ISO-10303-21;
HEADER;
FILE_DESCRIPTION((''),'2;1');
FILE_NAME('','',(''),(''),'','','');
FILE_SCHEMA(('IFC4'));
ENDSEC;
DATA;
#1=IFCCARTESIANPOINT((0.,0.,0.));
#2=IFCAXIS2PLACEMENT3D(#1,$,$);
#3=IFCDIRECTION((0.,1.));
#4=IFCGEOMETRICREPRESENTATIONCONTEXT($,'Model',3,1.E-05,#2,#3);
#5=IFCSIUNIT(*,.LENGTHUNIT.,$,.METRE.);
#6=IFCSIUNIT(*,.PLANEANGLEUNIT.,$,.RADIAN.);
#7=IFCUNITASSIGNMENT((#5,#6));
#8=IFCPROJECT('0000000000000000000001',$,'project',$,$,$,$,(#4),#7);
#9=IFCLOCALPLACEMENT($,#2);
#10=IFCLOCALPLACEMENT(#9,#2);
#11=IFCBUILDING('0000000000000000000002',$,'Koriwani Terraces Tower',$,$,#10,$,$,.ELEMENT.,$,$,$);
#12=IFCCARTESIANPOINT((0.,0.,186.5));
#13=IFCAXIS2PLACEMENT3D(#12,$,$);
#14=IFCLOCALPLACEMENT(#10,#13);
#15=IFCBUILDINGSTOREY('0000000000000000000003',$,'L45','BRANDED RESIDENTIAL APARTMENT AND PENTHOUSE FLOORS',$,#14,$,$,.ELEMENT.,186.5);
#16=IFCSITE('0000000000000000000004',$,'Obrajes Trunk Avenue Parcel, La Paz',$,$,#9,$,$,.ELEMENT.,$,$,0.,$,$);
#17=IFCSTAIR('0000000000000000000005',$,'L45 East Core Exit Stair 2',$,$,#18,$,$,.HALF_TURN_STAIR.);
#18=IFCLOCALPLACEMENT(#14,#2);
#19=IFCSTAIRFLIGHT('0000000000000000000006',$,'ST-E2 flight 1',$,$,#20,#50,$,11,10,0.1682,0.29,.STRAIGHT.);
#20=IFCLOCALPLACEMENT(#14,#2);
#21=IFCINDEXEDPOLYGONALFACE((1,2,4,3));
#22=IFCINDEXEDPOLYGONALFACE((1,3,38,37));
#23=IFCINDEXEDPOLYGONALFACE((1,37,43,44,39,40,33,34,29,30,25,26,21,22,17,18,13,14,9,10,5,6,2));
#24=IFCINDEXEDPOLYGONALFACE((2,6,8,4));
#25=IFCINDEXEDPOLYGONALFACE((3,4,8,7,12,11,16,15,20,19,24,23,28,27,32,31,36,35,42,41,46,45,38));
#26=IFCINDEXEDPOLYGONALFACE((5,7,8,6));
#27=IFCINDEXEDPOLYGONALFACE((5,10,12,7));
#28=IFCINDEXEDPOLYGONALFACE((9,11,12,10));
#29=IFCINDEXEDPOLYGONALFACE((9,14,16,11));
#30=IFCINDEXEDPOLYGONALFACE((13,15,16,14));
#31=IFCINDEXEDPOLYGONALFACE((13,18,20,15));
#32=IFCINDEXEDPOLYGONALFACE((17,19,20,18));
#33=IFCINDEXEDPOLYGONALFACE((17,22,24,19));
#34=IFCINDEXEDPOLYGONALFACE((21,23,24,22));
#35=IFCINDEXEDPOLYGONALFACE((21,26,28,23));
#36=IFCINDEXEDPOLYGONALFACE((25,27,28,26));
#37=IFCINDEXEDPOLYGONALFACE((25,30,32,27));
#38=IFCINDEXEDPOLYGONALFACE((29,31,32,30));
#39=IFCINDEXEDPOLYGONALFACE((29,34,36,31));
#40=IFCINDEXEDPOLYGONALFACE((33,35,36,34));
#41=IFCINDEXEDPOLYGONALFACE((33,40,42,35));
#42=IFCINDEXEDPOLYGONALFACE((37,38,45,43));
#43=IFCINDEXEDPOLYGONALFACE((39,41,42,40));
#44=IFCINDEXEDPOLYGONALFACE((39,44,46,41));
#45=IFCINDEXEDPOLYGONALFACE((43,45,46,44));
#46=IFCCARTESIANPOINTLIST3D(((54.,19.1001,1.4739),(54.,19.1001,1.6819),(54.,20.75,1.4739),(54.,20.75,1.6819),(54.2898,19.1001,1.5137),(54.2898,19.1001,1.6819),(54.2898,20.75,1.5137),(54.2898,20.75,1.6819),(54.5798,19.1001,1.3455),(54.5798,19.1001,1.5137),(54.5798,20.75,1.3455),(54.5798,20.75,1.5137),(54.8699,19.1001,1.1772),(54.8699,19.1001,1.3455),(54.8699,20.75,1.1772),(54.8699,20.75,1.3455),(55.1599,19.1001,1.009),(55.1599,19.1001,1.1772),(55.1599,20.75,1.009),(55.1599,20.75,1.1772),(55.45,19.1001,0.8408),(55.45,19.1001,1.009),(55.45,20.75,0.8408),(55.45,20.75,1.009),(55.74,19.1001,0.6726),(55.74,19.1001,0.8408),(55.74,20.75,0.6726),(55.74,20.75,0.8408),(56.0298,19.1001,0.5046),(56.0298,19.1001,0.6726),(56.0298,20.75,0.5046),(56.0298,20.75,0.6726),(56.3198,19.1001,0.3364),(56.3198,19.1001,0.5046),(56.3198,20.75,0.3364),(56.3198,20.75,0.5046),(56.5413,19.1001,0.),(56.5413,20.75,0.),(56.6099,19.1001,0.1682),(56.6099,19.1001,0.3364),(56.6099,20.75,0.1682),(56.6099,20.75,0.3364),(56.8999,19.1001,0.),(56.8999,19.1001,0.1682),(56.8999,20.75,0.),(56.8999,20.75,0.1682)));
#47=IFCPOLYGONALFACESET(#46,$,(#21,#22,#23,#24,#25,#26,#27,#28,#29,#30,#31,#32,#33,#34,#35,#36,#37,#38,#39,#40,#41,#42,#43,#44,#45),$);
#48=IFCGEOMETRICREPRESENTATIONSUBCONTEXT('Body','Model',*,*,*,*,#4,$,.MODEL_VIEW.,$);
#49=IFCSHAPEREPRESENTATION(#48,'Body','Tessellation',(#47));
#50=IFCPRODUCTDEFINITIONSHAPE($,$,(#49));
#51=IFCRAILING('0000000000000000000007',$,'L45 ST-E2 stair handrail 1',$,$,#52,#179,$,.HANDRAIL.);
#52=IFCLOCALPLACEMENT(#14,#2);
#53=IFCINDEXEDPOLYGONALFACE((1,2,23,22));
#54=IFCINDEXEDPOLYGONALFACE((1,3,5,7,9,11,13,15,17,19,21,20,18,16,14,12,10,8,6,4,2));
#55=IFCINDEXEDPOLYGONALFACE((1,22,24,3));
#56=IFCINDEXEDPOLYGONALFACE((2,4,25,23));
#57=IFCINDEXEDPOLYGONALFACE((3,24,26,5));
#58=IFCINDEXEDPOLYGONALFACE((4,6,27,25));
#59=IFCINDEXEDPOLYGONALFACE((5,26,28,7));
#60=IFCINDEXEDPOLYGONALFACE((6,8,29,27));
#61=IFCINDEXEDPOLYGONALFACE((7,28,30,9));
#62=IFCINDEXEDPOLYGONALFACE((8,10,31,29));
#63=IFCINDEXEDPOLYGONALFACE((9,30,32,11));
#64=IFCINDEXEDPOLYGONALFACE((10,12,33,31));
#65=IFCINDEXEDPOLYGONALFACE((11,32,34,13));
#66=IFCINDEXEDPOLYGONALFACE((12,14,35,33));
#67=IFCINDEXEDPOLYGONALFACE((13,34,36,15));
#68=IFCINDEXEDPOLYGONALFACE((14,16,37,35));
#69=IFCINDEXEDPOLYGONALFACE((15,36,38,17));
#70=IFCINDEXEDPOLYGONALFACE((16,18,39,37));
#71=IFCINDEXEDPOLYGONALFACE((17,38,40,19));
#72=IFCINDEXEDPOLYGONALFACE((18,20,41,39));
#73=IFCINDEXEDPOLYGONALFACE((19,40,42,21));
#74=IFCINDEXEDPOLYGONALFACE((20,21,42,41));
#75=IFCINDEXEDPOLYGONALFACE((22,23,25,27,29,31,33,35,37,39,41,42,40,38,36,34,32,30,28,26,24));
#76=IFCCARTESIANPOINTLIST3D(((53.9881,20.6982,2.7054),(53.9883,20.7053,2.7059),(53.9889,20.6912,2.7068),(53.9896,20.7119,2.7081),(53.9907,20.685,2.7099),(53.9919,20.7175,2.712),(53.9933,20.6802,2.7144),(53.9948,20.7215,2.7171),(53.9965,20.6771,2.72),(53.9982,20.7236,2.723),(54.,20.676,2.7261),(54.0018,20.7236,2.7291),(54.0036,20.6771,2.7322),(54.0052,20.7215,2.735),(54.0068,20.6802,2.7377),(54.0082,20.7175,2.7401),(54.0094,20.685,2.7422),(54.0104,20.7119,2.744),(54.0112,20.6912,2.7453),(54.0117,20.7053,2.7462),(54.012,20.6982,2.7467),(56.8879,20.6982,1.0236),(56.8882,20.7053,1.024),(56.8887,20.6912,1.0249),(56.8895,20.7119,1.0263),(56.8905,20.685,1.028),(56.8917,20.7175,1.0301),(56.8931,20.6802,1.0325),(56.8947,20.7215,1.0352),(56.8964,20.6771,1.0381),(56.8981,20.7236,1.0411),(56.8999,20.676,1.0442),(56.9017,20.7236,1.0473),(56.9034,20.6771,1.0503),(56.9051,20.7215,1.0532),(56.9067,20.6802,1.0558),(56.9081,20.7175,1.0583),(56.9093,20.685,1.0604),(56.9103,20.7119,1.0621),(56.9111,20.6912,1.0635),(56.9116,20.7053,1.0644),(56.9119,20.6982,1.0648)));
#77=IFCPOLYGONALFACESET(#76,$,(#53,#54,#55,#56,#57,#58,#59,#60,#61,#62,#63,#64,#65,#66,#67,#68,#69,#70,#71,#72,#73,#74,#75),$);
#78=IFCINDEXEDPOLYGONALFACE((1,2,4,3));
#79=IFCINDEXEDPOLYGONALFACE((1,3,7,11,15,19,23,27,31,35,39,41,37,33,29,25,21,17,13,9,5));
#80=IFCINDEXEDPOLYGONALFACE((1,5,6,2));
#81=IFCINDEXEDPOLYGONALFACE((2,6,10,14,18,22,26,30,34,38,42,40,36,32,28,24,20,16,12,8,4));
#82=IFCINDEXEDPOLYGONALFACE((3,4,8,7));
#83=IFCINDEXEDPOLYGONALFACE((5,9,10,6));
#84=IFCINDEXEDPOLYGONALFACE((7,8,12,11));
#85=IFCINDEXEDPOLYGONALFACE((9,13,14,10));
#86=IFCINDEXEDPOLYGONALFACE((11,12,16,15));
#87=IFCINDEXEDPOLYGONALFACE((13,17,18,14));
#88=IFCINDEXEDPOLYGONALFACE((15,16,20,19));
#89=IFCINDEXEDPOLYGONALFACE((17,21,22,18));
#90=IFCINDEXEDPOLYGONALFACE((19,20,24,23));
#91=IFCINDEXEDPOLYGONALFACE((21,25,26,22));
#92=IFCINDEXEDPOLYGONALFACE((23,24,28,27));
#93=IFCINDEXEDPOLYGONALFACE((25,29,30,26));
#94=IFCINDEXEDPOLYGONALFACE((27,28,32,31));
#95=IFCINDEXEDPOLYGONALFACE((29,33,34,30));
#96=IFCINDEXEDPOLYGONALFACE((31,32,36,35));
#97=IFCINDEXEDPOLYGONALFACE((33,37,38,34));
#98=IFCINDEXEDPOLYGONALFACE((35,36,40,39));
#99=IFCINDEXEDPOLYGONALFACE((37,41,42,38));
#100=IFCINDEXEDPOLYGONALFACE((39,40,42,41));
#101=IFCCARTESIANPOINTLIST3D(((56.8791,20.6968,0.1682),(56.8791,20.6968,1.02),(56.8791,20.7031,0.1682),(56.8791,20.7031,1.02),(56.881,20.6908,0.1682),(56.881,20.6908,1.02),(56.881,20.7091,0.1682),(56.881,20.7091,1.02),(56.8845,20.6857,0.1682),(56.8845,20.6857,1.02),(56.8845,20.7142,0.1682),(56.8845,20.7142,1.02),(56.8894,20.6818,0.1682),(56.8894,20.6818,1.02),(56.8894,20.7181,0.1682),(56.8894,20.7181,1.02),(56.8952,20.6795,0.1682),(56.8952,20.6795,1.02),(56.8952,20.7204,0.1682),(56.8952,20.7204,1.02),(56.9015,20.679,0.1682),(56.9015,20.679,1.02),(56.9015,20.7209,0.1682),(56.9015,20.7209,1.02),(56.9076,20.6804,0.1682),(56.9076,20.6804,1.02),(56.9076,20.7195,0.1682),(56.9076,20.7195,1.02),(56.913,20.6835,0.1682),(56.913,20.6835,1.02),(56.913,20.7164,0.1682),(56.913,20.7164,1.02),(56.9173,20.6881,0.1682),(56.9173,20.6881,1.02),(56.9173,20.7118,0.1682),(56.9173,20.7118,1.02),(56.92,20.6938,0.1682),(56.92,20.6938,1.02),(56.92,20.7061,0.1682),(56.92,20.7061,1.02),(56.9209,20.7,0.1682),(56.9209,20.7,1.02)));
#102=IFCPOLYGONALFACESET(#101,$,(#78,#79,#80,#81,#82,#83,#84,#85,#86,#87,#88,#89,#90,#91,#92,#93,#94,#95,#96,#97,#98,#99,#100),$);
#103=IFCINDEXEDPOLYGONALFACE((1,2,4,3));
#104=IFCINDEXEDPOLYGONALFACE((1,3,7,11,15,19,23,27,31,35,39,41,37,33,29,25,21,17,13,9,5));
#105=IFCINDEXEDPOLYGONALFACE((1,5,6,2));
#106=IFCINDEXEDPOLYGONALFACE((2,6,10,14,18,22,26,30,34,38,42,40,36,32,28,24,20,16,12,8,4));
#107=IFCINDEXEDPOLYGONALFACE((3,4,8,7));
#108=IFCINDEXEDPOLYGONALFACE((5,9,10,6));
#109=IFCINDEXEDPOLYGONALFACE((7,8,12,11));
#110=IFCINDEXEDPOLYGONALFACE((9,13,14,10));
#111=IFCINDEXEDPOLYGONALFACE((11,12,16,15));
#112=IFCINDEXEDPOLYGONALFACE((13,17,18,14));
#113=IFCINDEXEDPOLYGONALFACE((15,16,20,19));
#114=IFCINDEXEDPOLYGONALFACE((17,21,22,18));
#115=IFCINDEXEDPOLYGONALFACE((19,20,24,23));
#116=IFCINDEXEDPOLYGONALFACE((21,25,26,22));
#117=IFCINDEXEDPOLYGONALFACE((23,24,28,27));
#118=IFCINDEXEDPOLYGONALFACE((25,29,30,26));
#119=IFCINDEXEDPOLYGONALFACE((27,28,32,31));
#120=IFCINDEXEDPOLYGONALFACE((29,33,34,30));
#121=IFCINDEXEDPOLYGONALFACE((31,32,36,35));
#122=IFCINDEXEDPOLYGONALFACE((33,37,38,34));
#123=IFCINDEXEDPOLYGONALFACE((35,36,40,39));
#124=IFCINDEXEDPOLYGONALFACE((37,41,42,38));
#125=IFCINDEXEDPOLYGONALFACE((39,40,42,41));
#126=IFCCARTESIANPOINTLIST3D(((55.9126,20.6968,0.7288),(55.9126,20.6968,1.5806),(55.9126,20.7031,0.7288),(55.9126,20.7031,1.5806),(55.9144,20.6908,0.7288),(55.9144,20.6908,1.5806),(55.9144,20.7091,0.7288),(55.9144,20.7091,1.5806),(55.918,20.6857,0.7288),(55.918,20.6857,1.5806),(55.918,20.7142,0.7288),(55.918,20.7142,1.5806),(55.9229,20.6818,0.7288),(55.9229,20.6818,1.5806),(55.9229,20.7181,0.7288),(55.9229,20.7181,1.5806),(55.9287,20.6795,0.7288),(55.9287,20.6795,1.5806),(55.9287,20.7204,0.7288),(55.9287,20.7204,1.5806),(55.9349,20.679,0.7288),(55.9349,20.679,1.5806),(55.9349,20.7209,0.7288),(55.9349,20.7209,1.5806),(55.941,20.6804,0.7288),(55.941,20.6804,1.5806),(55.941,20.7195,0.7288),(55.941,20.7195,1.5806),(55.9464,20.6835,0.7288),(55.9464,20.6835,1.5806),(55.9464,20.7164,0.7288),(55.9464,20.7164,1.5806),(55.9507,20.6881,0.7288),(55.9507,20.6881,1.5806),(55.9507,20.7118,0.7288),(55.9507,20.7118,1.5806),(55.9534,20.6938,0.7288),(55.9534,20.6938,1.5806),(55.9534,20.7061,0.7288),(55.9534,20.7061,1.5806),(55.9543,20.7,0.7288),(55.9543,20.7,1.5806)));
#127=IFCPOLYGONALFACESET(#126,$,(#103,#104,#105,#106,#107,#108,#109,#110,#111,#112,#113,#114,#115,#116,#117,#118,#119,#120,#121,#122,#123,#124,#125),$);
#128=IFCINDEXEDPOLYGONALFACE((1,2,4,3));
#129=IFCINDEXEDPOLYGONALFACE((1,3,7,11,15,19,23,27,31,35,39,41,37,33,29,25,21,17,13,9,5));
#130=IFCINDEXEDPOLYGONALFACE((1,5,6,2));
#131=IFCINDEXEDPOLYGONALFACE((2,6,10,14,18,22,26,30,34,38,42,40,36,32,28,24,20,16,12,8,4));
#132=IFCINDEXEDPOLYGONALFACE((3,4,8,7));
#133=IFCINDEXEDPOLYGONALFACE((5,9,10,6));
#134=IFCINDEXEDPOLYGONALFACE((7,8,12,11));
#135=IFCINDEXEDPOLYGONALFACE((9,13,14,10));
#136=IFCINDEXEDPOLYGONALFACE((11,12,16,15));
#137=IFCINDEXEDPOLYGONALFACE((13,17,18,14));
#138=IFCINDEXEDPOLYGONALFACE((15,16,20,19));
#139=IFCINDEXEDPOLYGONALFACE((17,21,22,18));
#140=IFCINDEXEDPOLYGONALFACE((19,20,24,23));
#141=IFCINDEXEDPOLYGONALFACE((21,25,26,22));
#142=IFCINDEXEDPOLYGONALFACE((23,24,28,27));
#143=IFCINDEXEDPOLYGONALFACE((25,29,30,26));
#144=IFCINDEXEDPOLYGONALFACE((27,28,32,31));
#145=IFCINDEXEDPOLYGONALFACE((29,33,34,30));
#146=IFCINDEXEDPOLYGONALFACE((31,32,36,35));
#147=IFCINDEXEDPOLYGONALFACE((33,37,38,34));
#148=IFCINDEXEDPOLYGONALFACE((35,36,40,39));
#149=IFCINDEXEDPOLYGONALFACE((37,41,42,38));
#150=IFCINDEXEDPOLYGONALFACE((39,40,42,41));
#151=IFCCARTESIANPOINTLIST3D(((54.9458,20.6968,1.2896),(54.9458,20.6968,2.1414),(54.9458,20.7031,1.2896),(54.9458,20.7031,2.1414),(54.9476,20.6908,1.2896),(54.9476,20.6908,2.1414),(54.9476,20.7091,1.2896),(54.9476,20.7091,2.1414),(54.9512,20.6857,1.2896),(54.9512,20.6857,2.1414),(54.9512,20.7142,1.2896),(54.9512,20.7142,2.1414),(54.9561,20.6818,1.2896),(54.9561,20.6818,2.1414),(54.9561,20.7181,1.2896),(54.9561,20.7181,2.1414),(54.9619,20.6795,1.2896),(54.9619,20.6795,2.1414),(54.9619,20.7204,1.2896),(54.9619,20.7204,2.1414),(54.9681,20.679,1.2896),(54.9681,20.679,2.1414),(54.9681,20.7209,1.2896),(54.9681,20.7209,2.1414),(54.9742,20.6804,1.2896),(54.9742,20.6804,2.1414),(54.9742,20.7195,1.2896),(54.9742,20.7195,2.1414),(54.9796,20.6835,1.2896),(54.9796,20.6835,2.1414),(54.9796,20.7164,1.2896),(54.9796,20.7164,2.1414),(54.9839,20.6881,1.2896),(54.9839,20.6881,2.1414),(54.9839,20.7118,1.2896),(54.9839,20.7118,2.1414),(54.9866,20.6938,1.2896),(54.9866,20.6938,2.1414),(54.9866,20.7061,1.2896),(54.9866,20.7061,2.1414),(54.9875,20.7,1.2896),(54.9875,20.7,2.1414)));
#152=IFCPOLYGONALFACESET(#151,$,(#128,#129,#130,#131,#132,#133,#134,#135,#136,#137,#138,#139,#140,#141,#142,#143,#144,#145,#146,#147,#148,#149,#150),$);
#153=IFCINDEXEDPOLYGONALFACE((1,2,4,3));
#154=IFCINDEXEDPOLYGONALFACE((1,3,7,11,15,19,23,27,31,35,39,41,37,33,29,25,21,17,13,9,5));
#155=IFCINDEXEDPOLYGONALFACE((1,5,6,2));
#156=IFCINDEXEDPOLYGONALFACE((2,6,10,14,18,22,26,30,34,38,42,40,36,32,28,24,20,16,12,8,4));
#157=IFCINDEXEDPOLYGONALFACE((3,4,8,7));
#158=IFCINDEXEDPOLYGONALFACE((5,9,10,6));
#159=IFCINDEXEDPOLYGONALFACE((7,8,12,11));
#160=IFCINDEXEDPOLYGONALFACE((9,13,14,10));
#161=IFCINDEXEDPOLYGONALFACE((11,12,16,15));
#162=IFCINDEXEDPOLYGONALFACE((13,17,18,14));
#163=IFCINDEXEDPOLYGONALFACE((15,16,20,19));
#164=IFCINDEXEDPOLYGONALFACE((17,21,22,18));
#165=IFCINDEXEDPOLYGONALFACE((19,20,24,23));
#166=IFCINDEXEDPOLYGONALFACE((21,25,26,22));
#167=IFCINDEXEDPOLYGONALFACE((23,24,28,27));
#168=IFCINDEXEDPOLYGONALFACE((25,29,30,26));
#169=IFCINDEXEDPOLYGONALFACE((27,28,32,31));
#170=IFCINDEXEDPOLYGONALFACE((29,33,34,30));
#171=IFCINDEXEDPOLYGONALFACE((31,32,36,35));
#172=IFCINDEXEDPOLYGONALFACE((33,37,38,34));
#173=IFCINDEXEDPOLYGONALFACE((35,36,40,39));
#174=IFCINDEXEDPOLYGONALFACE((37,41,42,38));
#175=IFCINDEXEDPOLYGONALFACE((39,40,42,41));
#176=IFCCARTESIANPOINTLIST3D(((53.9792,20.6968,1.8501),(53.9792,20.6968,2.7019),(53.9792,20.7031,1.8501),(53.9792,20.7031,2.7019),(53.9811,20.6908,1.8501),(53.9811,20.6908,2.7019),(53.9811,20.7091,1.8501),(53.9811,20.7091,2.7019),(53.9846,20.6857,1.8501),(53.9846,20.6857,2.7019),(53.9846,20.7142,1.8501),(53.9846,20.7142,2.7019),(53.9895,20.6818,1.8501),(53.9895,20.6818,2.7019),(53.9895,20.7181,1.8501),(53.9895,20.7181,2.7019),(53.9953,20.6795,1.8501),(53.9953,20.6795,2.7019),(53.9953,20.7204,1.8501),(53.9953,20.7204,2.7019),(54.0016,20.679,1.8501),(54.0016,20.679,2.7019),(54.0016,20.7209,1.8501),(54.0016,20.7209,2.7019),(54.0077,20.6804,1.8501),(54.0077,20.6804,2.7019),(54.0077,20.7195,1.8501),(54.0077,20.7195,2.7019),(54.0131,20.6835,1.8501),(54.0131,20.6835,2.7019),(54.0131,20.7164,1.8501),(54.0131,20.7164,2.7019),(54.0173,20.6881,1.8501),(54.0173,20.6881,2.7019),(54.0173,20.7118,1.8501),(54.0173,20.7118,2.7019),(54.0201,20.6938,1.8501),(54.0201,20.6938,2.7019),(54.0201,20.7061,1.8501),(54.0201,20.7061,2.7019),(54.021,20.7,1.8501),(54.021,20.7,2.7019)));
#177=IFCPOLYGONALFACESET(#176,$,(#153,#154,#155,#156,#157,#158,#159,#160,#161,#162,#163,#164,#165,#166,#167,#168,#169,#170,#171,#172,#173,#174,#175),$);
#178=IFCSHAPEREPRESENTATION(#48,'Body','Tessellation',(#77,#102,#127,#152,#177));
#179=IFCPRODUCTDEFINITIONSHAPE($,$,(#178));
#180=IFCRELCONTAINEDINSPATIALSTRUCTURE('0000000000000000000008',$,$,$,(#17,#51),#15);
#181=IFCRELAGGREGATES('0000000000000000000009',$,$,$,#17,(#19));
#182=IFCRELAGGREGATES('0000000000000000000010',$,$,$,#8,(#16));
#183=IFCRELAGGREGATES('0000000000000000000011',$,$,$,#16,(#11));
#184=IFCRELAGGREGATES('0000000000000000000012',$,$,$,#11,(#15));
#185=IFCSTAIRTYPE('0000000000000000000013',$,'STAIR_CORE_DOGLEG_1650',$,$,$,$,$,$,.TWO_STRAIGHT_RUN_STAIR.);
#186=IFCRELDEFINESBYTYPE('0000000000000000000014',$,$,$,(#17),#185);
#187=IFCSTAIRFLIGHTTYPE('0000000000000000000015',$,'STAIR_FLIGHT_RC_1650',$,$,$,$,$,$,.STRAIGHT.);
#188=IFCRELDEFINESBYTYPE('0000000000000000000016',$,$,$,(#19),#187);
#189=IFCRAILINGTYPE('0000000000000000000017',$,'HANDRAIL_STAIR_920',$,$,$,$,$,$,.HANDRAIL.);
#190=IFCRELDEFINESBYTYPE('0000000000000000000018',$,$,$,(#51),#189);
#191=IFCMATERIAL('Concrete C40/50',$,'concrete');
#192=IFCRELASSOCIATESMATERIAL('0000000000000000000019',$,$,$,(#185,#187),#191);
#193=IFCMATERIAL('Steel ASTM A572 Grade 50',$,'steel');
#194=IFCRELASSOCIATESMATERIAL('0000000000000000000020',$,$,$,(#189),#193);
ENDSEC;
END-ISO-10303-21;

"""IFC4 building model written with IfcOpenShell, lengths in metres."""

from ifc_helpers import new_model, si_unit, direction, frame, origin, origin_2d, place, context, subcontext, project, spatial, polyline, circle, outline, extrude, material, type_object, element, aggregate, save


model = new_model("IFC4")

# Units and contexts
model_context = context("Model", 3, precision=1e-05, world=origin(), true_north=direction((0.0, 1.0)))
body_context = subcontext(model_context, "Body", "Model", "MODEL_VIEW")
ifc_project = project(units=[si_unit("LENGTHUNIT", "METRE"), si_unit("PLANEANGLEUNIT", "RADIAN")], contexts=[model_context])

# Site, building, storey
site_placement = place(None, origin())
site = spatial("IfcSite", under=ifc_project, at=site_placement, Name="Obrajes Trunk Avenue Parcel, La Paz", CompositionType="ELEMENT", RefElevation=0.0)
building_placement = place(site_placement, origin())
building = spatial("IfcBuilding", under=site, at=building_placement, Name="Koriwani Terraces Tower", CompositionType="ELEMENT")
storey_placement = place(building_placement, frame((0.0, 0.0, 186.5)))
storey = spatial("IfcBuildingStorey", under=building, at=storey_placement, Name="L45", Description="BRANDED RESIDENTIAL APARTMENT AND PENTHOUSE FLOORS", CompositionType="ELEMENT", Elevation=186.5)

# Shared definitions
ifc_material_1 = material(Name="Steel ASTM A572 Grade 50", Category="steel")

# Shared definitions
ifc_material_2 = material(Name="Concrete C40/50", Category="concrete")

# Stair, stair flight
stair_type = type_object("IfcStairType", Name="STAIR_CORE_DOGLEG_1650", PredefinedType="TWO_STRAIGHT_RUN_STAIR", material=ifc_material_2)
stair_placement = place(storey_placement, origin())
stair = element("IfcStair", 1, at=stair_placement, inside=storey, type_object=stair_type, Name="L45 East Core Exit Stair 2", PredefinedType="HALF_TURN_STAIR")
stair_flight_type = type_object("IfcStairFlightType", Name="STAIR_FLIGHT_RC_1650", PredefinedType="STRAIGHT", material=ifc_material_2)
stair_flight_placement = place(storey_placement, frame((56.8999, 19.925, 0.0), z_axis=(0.0, 0.0, 1.0), x_axis=(-1.0, 0.0, 0.0)))
stair_flight = element("IfcStairFlight", 2, at=stair_flight_placement, type_object=stair_flight_type, Name="ST-E2 flight 1", NumberOfRisers=11, NumberOfTreads=10, PredefinedType="STRAIGHT", RiserHeight=0.1682, TreadLength=0.29, context=body_context, shape_type="SweptSolid", body=[
    extrude(outline(polyline([(0.0, 0.0), (0.0, 0.1682), (0.29, 0.1682), (0.29, 0.3364), (0.5801, 0.3364), (0.5801, 0.5046), (0.8701, 0.5046), (0.8701, 0.6726), (1.1599, 0.6726), (1.1599, 0.8408), (1.45, 0.8408), (1.45, 1.009), (1.74, 1.009), (1.74, 1.1772), (2.03, 1.1772), (2.03, 1.3455), (2.3201, 1.3455), (2.3201, 1.5137), (2.6101, 1.5137), (2.6101, 1.6819), (2.8999, 1.6819), (2.8999, 1.8501), (2.8999, 1.4739), (0.3586, 0.0), (0.0, 0.0)])), frame((0.0, 0.825, 0.0), z_axis=(0.0, -1.0, 0.0), x_axis=(1.0, 0.0, 0.0)), (0.0, 0.0, 1.0), 1.6499),
])
aggregate(stair, [stair_flight])

# Railing
railing_type = type_object("IfcRailingType", Name="HANDRAIL_STAIR_920", PredefinedType="HANDRAIL", material=ifc_material_1)
railing_placement = place(storey_placement, frame((56.8999, 20.7, 0.1682)))
element("IfcRailing", 3, at=railing_placement, inside=storey, type_object=railing_type, Name="L45 ST-E2 stair handrail 1", PredefinedType="HANDRAIL", context=body_context, shape_type="SweptSolid", body=[
    extrude(circle(Radius=0.0239, at=origin_2d()), frame((0.0, 0.0, 0.876), z_axis=(-0.865039, 0.0, 0.501705), x_axis=(0.0, -1.0, 0.0)), (0.0, 0.0, 1.0), 3.3523),
    extrude(circle(Radius=0.021, at=origin_2d()), origin(), (0.0, 0.0, 1.0), 0.8518),
    extrude(circle(Radius=0.021, at=origin_2d()), frame((-0.9666, 0.0, 0.5605)), (0.0, 0.0, 1.0), 0.8518),
    extrude(circle(Radius=0.021, at=origin_2d()), frame((-1.9333, 0.0, 1.1213)), (0.0, 0.0, 1.0), 0.8518),
    extrude(circle(Radius=0.021, at=origin_2d()), frame((-2.8999, 0.0, 1.6819)), (0.0, 0.0, 1.0), 0.8518),
])

save(model, "model.ifc")
